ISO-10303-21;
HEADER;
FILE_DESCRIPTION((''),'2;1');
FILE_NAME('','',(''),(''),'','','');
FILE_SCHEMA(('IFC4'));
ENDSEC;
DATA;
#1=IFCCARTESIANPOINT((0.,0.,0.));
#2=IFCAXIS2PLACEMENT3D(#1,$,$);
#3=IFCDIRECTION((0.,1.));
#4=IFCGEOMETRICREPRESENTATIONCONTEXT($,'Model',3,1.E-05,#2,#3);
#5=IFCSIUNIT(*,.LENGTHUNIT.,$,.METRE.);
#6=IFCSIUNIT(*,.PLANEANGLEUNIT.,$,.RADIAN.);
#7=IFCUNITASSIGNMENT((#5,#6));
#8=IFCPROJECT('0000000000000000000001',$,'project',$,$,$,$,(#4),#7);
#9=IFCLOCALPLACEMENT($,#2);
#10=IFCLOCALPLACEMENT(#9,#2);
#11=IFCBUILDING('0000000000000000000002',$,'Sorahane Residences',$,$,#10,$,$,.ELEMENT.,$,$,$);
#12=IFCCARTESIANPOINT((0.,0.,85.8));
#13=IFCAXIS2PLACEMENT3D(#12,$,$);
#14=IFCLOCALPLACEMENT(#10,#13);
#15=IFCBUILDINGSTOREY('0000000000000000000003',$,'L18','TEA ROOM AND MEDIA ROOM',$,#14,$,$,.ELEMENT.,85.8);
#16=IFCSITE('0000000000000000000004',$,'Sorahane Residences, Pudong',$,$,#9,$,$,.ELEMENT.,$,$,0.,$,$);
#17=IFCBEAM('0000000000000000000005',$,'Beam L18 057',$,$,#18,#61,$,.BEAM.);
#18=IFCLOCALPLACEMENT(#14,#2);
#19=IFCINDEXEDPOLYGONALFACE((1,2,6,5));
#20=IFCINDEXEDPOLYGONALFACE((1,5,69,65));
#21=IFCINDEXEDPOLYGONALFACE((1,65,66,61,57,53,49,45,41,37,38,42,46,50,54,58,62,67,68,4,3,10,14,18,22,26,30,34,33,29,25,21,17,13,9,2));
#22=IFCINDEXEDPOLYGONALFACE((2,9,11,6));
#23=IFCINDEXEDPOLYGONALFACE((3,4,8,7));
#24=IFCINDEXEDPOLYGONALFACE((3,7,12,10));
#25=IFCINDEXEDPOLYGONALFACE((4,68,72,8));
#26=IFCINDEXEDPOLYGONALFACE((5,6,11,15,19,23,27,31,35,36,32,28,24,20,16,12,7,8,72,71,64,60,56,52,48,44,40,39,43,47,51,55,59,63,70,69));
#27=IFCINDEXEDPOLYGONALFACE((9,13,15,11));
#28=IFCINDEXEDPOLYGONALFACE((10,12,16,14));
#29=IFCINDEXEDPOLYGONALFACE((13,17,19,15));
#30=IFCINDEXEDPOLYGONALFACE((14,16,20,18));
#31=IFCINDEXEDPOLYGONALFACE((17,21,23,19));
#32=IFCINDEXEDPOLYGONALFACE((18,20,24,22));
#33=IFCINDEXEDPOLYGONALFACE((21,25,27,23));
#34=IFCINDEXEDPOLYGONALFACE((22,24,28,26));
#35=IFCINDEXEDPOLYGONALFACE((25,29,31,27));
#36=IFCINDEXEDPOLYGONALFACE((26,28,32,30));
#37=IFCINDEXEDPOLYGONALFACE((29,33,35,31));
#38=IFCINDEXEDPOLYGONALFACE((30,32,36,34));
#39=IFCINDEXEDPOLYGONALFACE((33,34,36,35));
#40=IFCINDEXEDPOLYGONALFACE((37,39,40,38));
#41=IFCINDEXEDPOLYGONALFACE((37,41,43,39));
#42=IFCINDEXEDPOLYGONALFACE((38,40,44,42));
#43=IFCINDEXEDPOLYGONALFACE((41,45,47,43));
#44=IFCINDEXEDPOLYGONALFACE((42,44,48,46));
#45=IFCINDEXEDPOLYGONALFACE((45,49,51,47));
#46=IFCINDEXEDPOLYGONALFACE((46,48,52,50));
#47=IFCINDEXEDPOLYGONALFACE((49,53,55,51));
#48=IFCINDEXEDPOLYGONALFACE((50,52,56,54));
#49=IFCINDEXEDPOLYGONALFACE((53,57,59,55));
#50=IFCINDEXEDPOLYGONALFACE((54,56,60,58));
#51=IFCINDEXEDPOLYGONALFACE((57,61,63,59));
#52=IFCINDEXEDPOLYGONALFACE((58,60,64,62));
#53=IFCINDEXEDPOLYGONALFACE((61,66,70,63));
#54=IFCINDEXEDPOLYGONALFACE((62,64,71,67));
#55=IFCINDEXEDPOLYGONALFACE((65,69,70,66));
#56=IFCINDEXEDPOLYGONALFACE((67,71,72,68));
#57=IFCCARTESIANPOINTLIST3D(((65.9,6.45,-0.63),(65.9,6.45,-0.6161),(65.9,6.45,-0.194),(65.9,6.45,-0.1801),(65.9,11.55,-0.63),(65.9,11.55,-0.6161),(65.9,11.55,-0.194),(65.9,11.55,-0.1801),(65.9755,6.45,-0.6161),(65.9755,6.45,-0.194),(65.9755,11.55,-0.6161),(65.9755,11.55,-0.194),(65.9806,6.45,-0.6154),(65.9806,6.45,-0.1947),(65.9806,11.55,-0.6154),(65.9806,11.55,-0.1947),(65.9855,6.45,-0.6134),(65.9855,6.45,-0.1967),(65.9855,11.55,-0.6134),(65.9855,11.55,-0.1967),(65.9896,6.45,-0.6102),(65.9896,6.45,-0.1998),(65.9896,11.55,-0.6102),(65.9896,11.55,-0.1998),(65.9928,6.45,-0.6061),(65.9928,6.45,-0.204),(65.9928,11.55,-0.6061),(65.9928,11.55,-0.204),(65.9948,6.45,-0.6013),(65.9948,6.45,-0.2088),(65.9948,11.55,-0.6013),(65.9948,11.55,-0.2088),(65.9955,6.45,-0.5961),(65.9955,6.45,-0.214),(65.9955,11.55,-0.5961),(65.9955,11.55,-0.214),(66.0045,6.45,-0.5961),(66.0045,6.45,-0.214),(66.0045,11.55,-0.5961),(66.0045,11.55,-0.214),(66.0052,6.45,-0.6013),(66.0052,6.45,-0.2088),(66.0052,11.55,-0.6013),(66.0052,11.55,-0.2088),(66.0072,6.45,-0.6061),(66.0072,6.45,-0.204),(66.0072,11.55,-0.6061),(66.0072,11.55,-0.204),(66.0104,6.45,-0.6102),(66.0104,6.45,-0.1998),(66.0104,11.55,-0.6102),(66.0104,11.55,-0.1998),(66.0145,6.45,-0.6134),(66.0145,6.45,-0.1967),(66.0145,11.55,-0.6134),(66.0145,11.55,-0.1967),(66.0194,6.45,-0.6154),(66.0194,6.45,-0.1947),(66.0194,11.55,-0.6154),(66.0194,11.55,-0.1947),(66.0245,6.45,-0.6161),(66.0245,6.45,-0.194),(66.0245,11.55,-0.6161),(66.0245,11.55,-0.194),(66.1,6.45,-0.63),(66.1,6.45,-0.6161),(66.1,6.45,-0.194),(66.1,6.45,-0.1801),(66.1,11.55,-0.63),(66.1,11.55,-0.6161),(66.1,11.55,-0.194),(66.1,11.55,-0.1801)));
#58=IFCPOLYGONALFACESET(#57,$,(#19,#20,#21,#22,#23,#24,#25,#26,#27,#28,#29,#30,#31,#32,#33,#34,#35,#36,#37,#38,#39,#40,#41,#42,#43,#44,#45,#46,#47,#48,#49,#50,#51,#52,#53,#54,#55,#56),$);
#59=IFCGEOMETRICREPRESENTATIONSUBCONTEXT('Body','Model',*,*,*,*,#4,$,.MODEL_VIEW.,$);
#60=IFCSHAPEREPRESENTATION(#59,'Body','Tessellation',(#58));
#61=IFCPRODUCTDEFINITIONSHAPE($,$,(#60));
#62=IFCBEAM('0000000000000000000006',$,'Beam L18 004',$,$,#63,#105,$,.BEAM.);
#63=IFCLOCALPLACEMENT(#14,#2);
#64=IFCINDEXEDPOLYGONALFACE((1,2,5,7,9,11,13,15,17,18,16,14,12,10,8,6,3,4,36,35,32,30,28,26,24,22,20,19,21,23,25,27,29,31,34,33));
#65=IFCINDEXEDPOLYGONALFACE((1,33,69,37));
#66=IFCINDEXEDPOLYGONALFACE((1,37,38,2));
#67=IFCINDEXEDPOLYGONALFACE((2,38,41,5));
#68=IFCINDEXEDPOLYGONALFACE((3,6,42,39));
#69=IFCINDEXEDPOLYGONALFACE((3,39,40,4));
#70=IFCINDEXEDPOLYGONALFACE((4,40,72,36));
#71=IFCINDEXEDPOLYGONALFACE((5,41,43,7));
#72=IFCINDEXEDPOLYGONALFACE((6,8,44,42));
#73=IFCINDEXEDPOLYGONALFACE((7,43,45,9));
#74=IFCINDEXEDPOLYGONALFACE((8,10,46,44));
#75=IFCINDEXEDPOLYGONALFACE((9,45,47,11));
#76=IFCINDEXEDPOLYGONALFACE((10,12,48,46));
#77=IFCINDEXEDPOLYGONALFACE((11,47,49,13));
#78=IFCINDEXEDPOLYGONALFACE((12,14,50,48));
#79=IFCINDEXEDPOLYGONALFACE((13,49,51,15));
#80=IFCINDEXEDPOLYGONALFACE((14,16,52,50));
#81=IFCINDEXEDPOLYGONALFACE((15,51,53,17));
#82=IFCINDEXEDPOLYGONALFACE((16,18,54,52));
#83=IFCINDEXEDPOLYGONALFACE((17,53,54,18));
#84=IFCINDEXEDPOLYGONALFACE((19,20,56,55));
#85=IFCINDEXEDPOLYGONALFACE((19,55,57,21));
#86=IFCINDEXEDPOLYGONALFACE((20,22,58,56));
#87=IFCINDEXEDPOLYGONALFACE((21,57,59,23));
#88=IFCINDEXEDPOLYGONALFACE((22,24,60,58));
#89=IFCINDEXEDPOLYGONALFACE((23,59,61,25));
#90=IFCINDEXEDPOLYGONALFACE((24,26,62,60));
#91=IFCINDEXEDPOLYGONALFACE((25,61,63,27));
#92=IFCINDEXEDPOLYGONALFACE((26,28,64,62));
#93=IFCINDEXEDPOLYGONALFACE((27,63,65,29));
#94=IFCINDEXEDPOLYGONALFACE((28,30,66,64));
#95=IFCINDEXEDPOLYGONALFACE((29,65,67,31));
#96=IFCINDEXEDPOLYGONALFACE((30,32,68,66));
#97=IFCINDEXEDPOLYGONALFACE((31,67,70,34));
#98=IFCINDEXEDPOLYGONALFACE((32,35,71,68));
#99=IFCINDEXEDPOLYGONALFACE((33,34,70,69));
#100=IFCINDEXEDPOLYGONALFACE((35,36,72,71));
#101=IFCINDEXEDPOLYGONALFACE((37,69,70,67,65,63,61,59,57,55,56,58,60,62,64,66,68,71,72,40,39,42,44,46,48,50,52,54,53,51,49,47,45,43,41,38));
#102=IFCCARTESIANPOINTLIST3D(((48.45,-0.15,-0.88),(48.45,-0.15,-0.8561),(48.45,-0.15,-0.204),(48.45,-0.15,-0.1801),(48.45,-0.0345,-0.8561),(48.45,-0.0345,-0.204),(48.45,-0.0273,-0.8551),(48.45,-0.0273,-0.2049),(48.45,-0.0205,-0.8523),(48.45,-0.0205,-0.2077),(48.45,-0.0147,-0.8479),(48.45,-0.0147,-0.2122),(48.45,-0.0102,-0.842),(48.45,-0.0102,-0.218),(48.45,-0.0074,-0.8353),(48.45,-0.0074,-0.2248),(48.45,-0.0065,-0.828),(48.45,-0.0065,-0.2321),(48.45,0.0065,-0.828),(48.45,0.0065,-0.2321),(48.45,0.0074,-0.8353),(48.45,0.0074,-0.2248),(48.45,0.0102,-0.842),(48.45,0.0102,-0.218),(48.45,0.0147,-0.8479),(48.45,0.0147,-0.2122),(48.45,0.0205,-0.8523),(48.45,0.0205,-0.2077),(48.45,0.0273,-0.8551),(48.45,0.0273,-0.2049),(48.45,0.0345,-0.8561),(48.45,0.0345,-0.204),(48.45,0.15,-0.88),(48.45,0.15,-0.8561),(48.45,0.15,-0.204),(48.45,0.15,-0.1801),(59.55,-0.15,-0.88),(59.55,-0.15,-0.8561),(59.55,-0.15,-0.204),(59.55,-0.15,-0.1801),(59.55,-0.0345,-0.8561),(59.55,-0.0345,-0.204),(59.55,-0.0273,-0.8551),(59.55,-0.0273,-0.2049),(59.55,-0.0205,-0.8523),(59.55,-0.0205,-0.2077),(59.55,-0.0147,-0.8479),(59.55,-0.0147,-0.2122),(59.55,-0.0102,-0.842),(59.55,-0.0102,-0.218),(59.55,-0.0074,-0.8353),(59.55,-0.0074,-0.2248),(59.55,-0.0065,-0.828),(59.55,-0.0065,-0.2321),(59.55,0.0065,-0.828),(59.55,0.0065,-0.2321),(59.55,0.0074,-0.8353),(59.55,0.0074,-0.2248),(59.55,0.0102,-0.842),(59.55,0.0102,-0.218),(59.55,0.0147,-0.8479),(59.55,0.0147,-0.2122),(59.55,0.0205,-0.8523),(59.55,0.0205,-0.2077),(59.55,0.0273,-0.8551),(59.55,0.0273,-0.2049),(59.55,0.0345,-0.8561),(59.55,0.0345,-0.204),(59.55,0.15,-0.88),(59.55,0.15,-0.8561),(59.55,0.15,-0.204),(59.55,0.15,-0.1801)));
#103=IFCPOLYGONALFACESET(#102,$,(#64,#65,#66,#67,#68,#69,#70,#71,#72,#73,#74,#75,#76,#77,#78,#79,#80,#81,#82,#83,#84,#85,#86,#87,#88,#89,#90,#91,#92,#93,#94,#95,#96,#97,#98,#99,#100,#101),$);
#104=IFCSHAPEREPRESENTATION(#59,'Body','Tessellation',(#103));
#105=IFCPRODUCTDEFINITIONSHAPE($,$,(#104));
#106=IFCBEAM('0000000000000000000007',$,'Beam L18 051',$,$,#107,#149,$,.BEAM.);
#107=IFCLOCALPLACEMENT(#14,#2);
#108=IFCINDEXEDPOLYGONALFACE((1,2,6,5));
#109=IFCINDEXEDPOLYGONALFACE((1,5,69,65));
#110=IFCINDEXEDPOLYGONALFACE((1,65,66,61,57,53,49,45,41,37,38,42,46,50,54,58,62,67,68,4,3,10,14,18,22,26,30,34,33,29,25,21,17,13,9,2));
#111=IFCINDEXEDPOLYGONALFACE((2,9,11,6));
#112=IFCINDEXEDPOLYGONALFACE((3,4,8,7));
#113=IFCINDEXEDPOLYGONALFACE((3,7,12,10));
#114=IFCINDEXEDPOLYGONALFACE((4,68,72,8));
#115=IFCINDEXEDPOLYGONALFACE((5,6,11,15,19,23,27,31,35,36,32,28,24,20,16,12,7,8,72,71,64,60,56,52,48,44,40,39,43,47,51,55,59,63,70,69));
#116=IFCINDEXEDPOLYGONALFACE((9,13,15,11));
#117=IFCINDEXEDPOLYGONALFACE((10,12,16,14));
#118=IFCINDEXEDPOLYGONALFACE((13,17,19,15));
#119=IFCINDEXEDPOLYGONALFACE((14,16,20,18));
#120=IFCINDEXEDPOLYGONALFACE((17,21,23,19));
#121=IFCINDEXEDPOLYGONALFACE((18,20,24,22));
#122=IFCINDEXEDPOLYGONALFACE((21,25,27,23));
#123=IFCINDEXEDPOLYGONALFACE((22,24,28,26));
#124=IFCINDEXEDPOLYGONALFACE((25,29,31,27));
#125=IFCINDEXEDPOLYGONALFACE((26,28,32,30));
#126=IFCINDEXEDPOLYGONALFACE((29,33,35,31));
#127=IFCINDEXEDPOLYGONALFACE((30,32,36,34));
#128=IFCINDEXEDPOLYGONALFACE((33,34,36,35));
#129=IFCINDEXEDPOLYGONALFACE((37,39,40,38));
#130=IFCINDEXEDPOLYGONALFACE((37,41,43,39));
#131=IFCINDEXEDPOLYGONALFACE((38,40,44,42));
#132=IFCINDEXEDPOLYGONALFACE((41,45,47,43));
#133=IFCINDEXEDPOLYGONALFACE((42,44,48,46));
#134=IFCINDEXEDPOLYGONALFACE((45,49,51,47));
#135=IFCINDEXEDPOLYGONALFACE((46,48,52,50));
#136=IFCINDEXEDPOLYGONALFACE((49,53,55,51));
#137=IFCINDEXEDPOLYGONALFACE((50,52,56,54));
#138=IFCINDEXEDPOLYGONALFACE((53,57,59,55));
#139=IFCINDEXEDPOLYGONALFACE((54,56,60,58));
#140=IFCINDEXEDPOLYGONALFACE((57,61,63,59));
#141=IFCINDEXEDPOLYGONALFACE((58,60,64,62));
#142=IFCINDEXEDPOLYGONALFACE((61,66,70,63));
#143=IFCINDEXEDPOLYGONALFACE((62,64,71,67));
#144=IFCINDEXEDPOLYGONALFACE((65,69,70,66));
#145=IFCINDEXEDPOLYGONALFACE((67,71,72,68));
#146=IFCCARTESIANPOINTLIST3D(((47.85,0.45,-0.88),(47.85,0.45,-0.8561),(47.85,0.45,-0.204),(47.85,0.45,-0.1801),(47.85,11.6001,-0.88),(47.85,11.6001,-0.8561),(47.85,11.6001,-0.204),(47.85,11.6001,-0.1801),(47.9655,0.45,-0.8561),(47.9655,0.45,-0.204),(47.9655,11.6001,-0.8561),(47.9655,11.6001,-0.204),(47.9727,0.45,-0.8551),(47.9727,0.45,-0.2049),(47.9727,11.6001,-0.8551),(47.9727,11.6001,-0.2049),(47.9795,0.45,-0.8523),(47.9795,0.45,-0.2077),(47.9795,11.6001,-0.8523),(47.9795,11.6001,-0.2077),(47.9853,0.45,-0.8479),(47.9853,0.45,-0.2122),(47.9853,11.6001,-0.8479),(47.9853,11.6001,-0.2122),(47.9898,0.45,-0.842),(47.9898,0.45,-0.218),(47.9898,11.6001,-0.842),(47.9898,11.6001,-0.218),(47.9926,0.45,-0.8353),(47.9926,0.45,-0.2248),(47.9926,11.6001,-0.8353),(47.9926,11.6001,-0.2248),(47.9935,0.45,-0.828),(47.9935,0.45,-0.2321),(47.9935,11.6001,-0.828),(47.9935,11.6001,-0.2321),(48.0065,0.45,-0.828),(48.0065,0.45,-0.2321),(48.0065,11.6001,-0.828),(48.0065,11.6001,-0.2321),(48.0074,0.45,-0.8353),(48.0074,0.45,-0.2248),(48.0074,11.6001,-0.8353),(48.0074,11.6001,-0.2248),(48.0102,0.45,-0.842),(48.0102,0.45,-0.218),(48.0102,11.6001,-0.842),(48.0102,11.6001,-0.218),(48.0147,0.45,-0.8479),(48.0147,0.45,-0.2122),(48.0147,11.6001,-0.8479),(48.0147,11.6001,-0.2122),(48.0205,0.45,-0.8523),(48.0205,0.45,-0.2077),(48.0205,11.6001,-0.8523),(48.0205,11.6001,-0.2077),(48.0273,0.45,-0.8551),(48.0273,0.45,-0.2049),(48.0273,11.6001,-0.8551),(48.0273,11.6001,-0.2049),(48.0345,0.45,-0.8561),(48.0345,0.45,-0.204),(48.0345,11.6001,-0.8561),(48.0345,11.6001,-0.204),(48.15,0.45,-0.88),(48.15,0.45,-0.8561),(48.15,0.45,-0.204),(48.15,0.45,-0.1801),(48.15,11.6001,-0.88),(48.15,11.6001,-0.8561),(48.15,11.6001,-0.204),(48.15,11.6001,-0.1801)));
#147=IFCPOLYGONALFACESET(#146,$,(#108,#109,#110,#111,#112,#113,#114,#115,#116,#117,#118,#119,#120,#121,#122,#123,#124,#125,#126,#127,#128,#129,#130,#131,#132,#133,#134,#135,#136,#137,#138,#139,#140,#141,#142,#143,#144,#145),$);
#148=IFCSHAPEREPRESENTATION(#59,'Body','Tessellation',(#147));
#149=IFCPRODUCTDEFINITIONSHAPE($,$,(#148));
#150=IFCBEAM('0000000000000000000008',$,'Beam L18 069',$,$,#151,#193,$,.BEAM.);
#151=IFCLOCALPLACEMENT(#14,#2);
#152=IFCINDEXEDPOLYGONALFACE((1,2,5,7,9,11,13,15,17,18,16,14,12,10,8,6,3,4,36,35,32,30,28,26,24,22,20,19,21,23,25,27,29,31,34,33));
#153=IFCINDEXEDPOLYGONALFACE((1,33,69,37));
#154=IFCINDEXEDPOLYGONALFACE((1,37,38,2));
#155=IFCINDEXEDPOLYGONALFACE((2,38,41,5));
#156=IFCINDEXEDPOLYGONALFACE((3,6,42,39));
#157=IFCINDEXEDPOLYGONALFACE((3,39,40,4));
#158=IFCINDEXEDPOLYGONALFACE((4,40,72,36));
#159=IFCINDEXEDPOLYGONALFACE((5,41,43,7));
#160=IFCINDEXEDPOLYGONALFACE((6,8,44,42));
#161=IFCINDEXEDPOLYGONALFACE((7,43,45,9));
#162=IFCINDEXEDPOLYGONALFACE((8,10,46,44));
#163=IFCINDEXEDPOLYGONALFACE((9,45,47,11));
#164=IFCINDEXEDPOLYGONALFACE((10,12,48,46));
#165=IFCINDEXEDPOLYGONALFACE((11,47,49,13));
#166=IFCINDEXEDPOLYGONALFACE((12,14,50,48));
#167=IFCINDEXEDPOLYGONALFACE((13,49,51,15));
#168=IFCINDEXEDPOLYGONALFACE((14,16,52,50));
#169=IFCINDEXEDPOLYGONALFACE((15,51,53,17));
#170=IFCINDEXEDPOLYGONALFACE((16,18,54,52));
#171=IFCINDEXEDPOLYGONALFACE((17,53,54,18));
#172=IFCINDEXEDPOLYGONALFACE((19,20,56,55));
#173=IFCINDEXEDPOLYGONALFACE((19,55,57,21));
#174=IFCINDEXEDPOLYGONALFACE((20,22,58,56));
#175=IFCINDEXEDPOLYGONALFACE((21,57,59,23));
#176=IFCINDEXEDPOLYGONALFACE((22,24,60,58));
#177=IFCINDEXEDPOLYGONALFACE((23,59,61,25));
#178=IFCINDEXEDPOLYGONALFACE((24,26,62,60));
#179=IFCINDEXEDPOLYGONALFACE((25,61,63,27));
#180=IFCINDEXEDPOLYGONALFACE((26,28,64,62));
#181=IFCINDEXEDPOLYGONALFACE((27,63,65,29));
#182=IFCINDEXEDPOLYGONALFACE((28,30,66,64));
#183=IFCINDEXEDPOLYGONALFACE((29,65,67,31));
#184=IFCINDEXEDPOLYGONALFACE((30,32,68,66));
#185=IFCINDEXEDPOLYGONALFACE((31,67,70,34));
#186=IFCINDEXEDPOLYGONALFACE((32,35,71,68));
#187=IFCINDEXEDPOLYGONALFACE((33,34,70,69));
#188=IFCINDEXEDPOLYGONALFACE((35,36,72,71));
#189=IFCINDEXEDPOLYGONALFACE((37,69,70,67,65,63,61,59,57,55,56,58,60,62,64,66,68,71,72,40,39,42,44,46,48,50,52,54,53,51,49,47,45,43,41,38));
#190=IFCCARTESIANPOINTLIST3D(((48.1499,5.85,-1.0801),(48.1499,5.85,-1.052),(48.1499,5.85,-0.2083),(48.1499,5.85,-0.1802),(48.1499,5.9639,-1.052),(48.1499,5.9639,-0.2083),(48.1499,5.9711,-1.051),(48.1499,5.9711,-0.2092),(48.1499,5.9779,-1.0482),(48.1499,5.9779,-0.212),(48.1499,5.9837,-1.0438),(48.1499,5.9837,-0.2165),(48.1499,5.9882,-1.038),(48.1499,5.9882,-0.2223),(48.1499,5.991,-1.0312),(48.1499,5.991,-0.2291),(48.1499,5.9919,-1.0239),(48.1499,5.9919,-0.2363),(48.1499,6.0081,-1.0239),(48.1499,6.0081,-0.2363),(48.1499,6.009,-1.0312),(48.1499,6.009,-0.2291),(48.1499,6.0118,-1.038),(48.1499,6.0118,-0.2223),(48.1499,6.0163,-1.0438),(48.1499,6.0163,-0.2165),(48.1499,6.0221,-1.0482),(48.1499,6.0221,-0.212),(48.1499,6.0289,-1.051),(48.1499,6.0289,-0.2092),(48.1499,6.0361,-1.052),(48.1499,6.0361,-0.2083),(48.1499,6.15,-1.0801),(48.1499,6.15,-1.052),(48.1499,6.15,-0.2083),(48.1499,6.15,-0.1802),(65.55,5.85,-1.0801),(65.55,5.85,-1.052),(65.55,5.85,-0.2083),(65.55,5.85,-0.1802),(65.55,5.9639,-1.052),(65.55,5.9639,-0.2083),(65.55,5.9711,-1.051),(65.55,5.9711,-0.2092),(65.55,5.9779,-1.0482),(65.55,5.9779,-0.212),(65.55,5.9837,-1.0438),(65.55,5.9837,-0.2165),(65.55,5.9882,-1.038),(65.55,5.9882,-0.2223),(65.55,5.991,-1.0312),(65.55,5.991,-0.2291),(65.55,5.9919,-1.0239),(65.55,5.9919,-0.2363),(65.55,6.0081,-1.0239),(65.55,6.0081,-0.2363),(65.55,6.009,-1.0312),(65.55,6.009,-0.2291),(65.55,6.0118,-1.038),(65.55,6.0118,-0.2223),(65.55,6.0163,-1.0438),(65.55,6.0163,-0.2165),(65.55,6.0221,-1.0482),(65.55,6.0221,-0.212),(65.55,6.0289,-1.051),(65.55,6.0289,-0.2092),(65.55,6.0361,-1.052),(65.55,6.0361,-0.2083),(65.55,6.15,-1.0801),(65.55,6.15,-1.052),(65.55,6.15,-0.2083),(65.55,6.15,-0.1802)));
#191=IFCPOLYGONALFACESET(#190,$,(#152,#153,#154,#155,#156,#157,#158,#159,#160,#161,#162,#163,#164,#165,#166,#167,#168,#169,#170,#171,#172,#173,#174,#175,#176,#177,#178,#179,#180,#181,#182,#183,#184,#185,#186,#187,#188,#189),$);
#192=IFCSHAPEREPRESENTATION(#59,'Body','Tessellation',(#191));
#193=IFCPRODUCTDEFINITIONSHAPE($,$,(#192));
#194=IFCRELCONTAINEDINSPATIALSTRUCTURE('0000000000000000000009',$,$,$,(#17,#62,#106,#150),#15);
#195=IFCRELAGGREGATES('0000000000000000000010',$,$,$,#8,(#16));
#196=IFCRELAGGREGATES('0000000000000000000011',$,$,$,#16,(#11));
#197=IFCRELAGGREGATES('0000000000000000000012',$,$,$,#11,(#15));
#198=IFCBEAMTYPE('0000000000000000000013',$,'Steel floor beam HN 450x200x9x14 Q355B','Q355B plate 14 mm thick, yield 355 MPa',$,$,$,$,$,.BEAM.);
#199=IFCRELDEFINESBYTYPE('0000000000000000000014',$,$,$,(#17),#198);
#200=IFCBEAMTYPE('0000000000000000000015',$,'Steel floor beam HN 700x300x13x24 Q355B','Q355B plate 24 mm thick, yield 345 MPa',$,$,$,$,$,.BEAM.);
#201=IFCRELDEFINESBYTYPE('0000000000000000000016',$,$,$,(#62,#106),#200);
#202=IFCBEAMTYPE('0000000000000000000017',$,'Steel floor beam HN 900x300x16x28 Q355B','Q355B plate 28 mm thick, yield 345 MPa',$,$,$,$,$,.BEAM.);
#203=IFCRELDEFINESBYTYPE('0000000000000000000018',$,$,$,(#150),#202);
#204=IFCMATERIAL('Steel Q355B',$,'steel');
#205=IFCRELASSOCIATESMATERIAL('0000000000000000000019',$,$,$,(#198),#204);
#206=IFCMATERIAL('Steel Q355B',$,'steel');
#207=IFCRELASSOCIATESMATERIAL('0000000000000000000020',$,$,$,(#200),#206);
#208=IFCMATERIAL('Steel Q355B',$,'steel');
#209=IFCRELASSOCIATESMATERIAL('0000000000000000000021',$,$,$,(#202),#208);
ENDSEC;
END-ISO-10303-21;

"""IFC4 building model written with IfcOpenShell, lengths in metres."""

from ifc_helpers import new_model, si_unit, direction, frame, origin, origin_2d, place, context, subcontext, project, spatial, i_section, extrude, material, material_profile, profile_set, type_object, element, save


model = new_model("IFC4")

# Units and contexts
model_context = context("Model", 3, precision=1e-05, world=origin(), true_north=direction((0.0, 1.0)))
body_context = subcontext(model_context, "Body", "Model", "MODEL_VIEW")
ifc_project = project(units=[si_unit("LENGTHUNIT", "METRE"), si_unit("PLANEANGLEUNIT", "RADIAN")], contexts=[model_context])

# Site, building, storey
site_placement = place(None, origin())
site = spatial("IfcSite", under=ifc_project, at=site_placement, Name="Sorahane Residences, Pudong", CompositionType="ELEMENT", RefElevation=0.0)
building_placement = place(site_placement, origin())
building = spatial("IfcBuilding", under=site, at=building_placement, Name="Sorahane Residences", CompositionType="ELEMENT")
storey_placement = place(building_placement, frame((0.0, 0.0, 85.8)))
storey = spatial("IfcBuildingStorey", under=building, at=storey_placement, Name="L18", Description="TEA ROOM AND MEDIA ROOM", CompositionType="ELEMENT", Elevation=85.8)

# Beams
ifc_material_1 = material(Name="Steel Q355B", Category="steel")
ifc_material_profile_1 = material_profile(ifc_material_1, i_section(OverallWidth=0.2, OverallDepth=0.45, WebThickness=0.009, FlangeThickness=0.0139, FilletRadius=0.02, at=origin_2d()), Name="HN 450x200x9x14")
ifc_profile_set_1 = profile_set([ifc_material_profile_1], Name="Steel Q355B")
beam_type_1 = type_object("IfcBeamType", Name="Steel floor beam HN 450x200x9x14 Q355B", Description="Q355B plate 14 mm thick, yield 355 MPa", PredefinedType="BEAM", material=ifc_profile_set_1)
beam_1_placement = place(storey_placement, frame((66.0, 6.45, -0.405), z_axis=(0.0, 1.0, 0.0), x_axis=(-1.0, 0.0, 0.0)))
element("IfcBeam", 1, at=beam_1_placement, inside=storey, type_object=beam_type_1, Name="Beam L18 057", PredefinedType="BEAM", context=body_context, shape_type="SweptSolid", body=[
    extrude(i_section(OverallWidth=0.2, OverallDepth=0.45, WebThickness=0.009, FlangeThickness=0.0139, FilletRadius=0.02, at=origin_2d()), origin(), (0.0, 0.0, 1.0), 5.1001),
])
ifc_material_2 = material(Name="Steel Q355B", Category="steel")
ifc_material_profile_2 = material_profile(ifc_material_2, i_section(OverallWidth=0.3, OverallDepth=0.7, WebThickness=0.0129, FlangeThickness=0.0239, FilletRadius=0.0281, at=origin_2d()), Name="HN 700x300x13x24")
ifc_profile_set_2 = profile_set([ifc_material_profile_2], Name="Steel Q355B")
beam_type_2 = type_object("IfcBeamType", Name="Steel floor beam HN 700x300x13x24 Q355B", Description="Q355B plate 24 mm thick, yield 345 MPa", PredefinedType="BEAM", material=ifc_profile_set_2)
beam_2_placement = place(storey_placement, frame((48.45, 0.0, -0.53), z_axis=(1.0, 0.0, 0.0), x_axis=(0.0, 1.0, 0.0)))
element("IfcBeam", 2, at=beam_2_placement, inside=storey, type_object=beam_type_2, Name="Beam L18 004", PredefinedType="BEAM", context=body_context, shape_type="SweptSolid", body=[
    extrude(i_section(OverallWidth=0.3, OverallDepth=0.7, WebThickness=0.0129, FlangeThickness=0.0239, FilletRadius=0.0281, at=origin_2d()), origin(), (0.0, 0.0, 1.0), 11.1001),
])
beam_3_placement = place(storey_placement, frame((48.0, 0.45, -0.53), z_axis=(0.0, 1.0, 0.0), x_axis=(-1.0, 0.0, 0.0)))
element("IfcBeam", 3, at=beam_3_placement, inside=storey, type_object=beam_type_2, Name="Beam L18 051", PredefinedType="BEAM", context=body_context, shape_type="SweptSolid", body=[
    extrude(i_section(OverallWidth=0.3, OverallDepth=0.7, WebThickness=0.0129, FlangeThickness=0.0239, FilletRadius=0.0281, at=origin_2d()), origin(), (0.0, 0.0, 1.0), 11.1501),
])
ifc_material_3 = material(Name="Steel Q355B", Category="steel")
ifc_material_profile_3 = material_profile(ifc_material_3, i_section(OverallWidth=0.3, OverallDepth=0.8999, WebThickness=0.0161, FlangeThickness=0.0281, FilletRadius=0.0281, at=origin_2d()), Name="HN 900x300x16x28")
ifc_profile_set_3 = profile_set([ifc_material_profile_3], Name="Steel Q355B")
beam_type_3 = type_object("IfcBeamType", Name="Steel floor beam HN 900x300x16x28 Q355B", Description="Q355B plate 28 mm thick, yield 345 MPa", PredefinedType="BEAM", material=ifc_profile_set_3)
beam_4_placement = place(storey_placement, frame((48.1499, 6.0, -0.6301), z_axis=(1.0, 0.0, 0.0), x_axis=(0.0, 1.0, 0.0)))
element("IfcBeam", 4, at=beam_4_placement, inside=storey, type_object=beam_type_3, Name="Beam L18 069", PredefinedType="BEAM", context=body_context, shape_type="SweptSolid", body=[
    extrude(i_section(OverallWidth=0.3, OverallDepth=0.8999, WebThickness=0.0161, FlangeThickness=0.0281, FilletRadius=0.0281, at=origin_2d()), origin(), (0.0, 0.0, 1.0), 17.4001),
])

save(model, "model.ifc")
